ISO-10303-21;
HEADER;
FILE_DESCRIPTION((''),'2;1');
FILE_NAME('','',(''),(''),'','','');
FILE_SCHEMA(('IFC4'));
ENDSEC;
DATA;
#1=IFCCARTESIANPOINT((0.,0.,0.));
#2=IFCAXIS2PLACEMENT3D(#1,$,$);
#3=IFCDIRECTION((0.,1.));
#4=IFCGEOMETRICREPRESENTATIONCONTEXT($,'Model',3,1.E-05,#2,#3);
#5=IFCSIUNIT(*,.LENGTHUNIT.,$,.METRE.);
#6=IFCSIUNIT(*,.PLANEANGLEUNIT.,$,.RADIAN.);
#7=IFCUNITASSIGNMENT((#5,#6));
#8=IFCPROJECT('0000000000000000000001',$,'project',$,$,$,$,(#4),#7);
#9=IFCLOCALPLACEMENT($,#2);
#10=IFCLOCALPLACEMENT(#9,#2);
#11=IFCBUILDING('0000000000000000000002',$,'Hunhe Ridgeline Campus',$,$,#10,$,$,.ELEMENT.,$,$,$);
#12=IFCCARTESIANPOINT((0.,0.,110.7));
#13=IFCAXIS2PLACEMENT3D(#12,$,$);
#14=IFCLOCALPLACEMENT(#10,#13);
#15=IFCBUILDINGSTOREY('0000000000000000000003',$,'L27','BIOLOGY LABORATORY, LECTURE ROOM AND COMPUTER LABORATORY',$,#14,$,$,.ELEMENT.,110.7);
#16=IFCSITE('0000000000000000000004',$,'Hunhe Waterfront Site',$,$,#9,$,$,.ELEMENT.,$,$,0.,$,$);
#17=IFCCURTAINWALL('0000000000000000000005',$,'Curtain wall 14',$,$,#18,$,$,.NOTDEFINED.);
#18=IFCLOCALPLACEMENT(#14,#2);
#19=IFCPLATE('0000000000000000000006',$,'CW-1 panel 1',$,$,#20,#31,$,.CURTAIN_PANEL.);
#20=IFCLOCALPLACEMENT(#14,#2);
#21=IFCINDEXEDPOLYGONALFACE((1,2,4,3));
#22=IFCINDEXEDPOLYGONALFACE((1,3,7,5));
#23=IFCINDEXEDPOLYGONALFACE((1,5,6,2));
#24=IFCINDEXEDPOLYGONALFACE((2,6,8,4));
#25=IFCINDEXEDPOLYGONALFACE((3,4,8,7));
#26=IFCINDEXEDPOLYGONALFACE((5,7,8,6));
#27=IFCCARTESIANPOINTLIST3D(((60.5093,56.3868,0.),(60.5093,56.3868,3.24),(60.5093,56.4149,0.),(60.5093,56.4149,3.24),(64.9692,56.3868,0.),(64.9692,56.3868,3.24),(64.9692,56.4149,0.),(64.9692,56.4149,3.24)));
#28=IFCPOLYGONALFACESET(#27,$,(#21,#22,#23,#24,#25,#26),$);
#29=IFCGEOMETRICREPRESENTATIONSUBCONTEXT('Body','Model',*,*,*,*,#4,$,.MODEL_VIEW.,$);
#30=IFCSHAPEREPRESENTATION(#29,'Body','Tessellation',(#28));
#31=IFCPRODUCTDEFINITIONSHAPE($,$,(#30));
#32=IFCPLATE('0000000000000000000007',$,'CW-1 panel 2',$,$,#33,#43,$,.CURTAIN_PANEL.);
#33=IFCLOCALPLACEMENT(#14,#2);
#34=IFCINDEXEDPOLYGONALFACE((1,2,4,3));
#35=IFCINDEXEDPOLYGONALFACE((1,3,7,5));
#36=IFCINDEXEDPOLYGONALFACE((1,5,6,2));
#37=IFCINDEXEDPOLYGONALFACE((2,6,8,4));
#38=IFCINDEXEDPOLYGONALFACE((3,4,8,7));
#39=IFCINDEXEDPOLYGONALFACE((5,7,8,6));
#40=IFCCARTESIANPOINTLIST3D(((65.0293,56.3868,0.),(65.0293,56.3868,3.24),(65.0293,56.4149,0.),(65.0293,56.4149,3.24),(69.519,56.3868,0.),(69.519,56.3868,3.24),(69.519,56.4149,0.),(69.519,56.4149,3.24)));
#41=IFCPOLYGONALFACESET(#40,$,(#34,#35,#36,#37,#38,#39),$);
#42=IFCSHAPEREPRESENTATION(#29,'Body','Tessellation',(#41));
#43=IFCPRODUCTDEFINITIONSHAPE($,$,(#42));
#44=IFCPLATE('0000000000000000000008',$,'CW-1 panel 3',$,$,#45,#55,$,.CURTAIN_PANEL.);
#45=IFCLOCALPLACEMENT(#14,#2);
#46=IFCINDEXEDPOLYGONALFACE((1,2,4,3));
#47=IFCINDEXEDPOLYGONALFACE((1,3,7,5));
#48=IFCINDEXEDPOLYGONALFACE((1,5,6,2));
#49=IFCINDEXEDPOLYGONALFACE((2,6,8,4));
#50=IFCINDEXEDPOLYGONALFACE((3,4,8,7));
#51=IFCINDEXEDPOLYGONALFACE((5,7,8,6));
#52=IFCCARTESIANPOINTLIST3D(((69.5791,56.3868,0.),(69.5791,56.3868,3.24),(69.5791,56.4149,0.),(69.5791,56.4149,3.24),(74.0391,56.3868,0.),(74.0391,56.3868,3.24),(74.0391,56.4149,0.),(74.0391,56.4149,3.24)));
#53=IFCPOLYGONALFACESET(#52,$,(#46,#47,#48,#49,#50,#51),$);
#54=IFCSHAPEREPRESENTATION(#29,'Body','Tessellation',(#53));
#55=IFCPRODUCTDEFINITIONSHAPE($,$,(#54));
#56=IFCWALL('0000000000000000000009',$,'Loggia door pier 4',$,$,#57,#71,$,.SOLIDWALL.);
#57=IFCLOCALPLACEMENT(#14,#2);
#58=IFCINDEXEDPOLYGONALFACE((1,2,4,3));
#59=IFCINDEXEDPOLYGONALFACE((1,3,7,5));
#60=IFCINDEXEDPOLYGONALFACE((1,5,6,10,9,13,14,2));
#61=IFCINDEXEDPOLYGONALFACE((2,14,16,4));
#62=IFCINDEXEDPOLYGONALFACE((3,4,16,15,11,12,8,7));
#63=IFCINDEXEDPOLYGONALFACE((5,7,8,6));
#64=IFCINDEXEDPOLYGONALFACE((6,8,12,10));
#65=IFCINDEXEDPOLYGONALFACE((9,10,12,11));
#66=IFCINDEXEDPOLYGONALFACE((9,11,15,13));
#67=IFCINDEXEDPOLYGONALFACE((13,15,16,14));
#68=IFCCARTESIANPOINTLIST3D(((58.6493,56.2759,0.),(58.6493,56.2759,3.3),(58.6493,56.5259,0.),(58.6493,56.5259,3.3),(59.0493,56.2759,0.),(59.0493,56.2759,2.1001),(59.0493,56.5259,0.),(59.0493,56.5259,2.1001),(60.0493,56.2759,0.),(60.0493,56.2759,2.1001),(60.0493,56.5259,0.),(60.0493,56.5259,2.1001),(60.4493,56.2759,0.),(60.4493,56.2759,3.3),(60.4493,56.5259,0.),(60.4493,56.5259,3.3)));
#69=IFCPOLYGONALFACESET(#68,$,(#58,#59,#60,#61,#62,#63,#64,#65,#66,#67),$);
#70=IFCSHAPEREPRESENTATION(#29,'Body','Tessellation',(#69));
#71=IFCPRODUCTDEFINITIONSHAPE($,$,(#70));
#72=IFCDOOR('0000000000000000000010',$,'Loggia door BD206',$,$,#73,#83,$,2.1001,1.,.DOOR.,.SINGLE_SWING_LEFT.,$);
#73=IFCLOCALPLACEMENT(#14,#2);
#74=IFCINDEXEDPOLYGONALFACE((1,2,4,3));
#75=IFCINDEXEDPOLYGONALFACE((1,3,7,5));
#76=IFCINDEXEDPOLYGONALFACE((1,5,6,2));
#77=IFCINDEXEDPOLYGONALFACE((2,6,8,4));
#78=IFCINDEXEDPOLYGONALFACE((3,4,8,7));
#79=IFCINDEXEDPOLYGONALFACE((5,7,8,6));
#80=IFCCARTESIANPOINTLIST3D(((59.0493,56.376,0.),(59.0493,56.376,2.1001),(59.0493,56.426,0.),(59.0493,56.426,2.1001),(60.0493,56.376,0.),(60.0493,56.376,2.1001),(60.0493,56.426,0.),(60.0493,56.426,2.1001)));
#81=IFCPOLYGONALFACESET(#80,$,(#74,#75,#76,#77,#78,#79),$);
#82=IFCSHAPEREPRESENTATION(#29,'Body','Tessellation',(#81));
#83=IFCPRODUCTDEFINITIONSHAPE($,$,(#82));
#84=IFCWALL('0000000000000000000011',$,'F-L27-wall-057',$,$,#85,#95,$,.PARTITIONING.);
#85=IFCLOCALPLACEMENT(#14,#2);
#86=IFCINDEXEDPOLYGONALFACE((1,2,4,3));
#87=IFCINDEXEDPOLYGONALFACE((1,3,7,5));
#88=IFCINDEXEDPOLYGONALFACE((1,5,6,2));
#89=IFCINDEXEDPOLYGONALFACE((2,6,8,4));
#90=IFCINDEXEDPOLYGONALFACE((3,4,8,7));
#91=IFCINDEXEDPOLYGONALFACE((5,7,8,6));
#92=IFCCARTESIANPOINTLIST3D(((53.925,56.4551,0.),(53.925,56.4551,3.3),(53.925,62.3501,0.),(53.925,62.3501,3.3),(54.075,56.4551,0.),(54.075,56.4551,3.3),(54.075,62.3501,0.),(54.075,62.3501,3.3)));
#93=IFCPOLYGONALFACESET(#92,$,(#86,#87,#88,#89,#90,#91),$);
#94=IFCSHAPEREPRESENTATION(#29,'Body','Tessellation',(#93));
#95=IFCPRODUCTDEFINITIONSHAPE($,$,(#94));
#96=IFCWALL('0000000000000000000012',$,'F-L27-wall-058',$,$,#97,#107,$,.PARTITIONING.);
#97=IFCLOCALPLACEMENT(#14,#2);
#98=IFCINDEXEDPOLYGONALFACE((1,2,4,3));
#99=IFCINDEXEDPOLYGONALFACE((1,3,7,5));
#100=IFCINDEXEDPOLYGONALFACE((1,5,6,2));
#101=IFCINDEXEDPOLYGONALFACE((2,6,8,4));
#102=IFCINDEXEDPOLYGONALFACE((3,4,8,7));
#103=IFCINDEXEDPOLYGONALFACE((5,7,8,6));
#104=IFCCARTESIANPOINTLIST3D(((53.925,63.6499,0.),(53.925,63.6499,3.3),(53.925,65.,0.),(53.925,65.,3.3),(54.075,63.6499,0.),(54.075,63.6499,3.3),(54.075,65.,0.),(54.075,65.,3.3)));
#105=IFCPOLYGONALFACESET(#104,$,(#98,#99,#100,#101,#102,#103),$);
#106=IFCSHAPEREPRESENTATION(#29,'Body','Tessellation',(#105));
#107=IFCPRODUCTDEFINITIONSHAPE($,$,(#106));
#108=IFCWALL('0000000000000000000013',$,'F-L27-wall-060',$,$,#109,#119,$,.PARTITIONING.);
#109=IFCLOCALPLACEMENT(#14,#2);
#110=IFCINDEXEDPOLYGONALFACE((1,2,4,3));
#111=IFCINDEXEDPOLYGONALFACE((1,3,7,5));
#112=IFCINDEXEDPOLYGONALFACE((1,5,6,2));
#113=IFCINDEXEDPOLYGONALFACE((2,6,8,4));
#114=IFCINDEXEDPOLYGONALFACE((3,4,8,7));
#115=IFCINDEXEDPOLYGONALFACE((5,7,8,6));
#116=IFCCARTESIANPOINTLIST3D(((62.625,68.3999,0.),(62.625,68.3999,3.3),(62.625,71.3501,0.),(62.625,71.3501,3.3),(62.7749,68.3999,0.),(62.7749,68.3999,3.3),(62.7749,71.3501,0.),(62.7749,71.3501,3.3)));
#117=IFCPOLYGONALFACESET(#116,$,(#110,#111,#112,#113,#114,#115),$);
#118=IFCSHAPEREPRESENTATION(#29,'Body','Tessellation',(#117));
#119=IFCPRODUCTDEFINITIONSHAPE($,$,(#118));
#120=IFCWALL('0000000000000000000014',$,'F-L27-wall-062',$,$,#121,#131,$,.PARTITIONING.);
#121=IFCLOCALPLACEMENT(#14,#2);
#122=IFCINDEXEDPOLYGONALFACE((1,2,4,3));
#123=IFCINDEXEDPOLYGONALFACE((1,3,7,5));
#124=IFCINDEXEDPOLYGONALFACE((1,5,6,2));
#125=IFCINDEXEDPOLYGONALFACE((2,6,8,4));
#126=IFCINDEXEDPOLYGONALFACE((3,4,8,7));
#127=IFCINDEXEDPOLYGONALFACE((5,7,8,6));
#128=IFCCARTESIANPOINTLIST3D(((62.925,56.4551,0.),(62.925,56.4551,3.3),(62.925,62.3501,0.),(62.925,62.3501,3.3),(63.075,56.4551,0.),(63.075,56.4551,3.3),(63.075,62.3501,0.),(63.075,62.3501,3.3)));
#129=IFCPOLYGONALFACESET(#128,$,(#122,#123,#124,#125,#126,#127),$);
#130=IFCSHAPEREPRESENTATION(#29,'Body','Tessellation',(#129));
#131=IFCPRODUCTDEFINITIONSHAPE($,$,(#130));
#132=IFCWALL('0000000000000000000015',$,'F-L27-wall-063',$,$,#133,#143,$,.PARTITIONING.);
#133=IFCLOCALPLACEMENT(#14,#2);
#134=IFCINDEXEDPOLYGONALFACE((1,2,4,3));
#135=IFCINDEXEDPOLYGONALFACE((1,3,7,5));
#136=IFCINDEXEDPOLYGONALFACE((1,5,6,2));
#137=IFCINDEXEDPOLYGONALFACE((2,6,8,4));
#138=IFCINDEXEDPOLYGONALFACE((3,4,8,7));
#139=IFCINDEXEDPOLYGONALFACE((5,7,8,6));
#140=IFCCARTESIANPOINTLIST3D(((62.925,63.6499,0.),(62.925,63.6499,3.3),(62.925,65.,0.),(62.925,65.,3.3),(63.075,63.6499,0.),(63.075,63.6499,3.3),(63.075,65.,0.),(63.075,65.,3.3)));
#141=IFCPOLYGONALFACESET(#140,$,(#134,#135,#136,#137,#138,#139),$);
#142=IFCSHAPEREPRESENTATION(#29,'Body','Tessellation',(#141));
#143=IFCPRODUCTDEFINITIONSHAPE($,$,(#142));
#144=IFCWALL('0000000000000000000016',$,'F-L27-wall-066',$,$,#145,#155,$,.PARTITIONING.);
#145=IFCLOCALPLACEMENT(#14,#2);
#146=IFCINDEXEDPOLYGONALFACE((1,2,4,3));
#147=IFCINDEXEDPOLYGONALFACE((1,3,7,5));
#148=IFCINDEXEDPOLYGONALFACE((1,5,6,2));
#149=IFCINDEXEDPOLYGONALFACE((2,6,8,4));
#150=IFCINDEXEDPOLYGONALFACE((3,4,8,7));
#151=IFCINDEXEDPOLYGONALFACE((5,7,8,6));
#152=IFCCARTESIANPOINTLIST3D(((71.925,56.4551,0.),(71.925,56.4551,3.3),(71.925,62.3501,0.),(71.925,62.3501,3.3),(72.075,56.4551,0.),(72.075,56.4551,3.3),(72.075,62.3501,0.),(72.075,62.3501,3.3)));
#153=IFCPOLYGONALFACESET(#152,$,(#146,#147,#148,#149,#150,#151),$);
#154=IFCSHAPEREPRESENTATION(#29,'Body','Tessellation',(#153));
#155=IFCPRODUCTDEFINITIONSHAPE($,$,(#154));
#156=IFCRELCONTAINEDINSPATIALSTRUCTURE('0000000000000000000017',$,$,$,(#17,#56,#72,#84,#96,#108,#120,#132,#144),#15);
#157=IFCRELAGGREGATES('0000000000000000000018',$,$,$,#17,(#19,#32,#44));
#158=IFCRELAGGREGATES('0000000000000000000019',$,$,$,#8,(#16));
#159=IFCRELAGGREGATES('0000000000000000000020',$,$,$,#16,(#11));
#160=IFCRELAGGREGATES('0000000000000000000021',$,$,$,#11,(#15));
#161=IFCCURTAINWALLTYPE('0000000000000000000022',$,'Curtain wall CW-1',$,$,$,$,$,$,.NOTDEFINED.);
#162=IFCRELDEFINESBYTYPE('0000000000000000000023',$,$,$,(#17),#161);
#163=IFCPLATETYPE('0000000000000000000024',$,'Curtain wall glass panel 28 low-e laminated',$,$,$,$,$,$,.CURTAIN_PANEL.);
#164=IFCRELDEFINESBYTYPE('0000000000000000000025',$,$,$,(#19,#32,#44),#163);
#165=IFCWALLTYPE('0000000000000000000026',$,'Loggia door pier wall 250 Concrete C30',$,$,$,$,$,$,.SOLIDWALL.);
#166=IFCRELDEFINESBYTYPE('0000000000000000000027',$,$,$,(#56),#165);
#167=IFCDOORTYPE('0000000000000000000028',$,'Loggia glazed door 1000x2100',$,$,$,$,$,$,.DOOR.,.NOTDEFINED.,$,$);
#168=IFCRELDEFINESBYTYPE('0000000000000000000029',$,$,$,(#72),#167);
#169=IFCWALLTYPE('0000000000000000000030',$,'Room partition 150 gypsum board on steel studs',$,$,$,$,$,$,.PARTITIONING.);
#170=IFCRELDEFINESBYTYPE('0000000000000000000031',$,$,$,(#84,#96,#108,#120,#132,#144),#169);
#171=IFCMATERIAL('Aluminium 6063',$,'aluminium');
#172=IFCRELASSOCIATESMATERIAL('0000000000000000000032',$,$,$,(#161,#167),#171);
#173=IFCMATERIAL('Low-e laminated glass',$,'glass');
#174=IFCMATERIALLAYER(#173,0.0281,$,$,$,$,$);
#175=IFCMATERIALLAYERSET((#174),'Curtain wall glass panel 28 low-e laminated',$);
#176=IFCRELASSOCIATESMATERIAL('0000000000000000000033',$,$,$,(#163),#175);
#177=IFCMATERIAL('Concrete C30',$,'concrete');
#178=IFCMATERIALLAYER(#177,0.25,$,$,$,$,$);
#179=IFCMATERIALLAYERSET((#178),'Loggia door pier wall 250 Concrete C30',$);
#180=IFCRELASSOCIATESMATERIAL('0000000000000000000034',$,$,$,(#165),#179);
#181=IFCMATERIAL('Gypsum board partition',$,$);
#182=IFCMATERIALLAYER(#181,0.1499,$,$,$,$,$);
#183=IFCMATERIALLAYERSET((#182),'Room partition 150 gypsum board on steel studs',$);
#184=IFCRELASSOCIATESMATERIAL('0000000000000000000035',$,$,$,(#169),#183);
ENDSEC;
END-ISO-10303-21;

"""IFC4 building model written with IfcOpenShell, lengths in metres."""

from ifc_helpers import new_model, si_unit, direction, frame, frame_2d, origin, origin_2d, place, context, subcontext, project, spatial, rectangle, extrude, material, layer, layer_set, type_object, element, fill, aggregate, save


model = new_model("IFC4")

# Units and contexts
model_context = context("Model", 3, precision=1e-05, world=origin(), true_north=direction((0.0, 1.0)))
body_context = subcontext(model_context, "Body", "Model", "MODEL_VIEW")
ifc_project = project(units=[si_unit("LENGTHUNIT", "METRE"), si_unit("PLANEANGLEUNIT", "RADIAN")], contexts=[model_context])

# Site, building, storey
site_placement = place(None, origin())
site = spatial("IfcSite", under=ifc_project, at=site_placement, Name="Hunhe Waterfront Site", CompositionType="ELEMENT", RefElevation=0.0)
building_placement = place(site_placement, origin())
building = spatial("IfcBuilding", under=site, at=building_placement, Name="Hunhe Ridgeline Campus", CompositionType="ELEMENT")
storey_placement = place(building_placement, frame((0.0, 0.0, 110.7)))
storey = spatial("IfcBuildingStorey", under=building, at=storey_placement, Name="L27", Description="BIOLOGY LABORATORY, LECTURE ROOM AND COMPUTER LABORATORY", CompositionType="ELEMENT", Elevation=110.7)

# Curtain wall
ifc_material_1 = material(Name="Aluminium 6063", Category="aluminium")
curtain_wall_type = type_object("IfcCurtainWallType", Name="Curtain wall CW-1", PredefinedType="NOTDEFINED", material=ifc_material_1)
curtain_wall_1_placement = place(storey_placement, origin())
curtain_wall_1 = element("IfcCurtainWall", 1, at=curtain_wall_1_placement, inside=storey, type_object=curtain_wall_type, Name="Curtain wall 14", PredefinedType="NOTDEFINED")

# Plates
ifc_material_2 = material(Name="Low-e laminated glass", Category="glass")
ifc_layer_1 = layer(ifc_material_2, 0.0281)
ifc_layer_set_1 = layer_set([ifc_layer_1], Name="Curtain wall glass panel 28 low-e laminated")
plate_type = type_object("IfcPlateType", Name="Curtain wall glass panel 28 low-e laminated", PredefinedType="CURTAIN_PANEL", material=ifc_layer_set_1)
plate_1_placement = place(storey_placement, frame((62.7393, 56.4009, 0.0), z_axis=(0.0, 0.0, 1.0), x_axis=(1.0, 0.0, 0.0)))
plate_1 = element("IfcPlate", 2, at=plate_1_placement, type_object=plate_type, Name="CW-1 panel 1", PredefinedType="CURTAIN_PANEL", context=body_context, shape_type="SweptSolid", body=[
    extrude(rectangle(XDim=4.46, YDim=0.0281, at=origin_2d()), origin(), (0.0, 0.0, 1.0), 3.24),
])
plate_2_placement = place(storey_placement, frame((67.2742, 56.4009, 0.0), z_axis=(0.0, 0.0, 1.0), x_axis=(1.0, 0.0, 0.0)))
plate_2 = element("IfcPlate", 3, at=plate_2_placement, type_object=plate_type, Name="CW-1 panel 2", PredefinedType="CURTAIN_PANEL", context=body_context, shape_type="SweptSolid", body=[
    extrude(rectangle(XDim=4.4897, YDim=0.0281, at=origin_2d()), origin(), (0.0, 0.0, 1.0), 3.24),
])
plate_3_placement = place(storey_placement, frame((71.8091, 56.4009, 0.0), z_axis=(0.0, 0.0, 1.0), x_axis=(1.0, 0.0, 0.0)))
plate_3 = element("IfcPlate", 4, at=plate_3_placement, type_object=plate_type, Name="CW-1 panel 3", PredefinedType="CURTAIN_PANEL", context=body_context, shape_type="SweptSolid", body=[
    extrude(rectangle(XDim=4.46, YDim=0.0281, at=origin_2d()), origin(), (0.0, 0.0, 1.0), 3.24),
])
aggregate(curtain_wall_1, [plate_1, plate_2, plate_3])

# Wall, opening, door
ifc_material_3 = material(Name="Concrete C30", Category="concrete")
ifc_layer_2 = layer(ifc_material_3, 0.25)
ifc_layer_set_2 = layer_set([ifc_layer_2], Name="Loggia door pier wall 250 Concrete C30")
wall_type_1 = type_object("IfcWallType", Name="Loggia door pier wall 250 Concrete C30", PredefinedType="SOLIDWALL", material=ifc_layer_set_2)
wall_1_placement = place(storey_placement, frame((58.6494, 56.4009, 0.0), z_axis=(0.0, 0.0, 1.0), x_axis=(1.0, 0.0, 0.0)))
wall_1 = element("IfcWall", 5, at=wall_1_placement, inside=storey, type_object=wall_type_1, Name="Loggia door pier 4", PredefinedType="SOLIDWALL", context=body_context, shape_type="SweptSolid", body=[
    extrude(rectangle(XDim=1.8, YDim=0.25, at=frame_2d((0.8999, 0.0))), origin(), (0.0, 0.0, 1.0), 3.3),
])
opening_placement = place(wall_1_placement, frame((0.3999, 0.0, 0.0)))
opening = element("IfcOpeningElement", 6, at=opening_placement, cuts=wall_1, PredefinedType="OPENING", context=body_context, shape_type="SweptSolid", body=[
    extrude(rectangle(XDim=1.0, YDim=2.1001, at=frame_2d((0.5, 1.05))), frame((0.0, 0.125, 0.0), z_axis=(0.0, -1.0, 0.0), x_axis=(1.0, 0.0, 0.0)), (0.0, 0.0, 1.0), 0.25),
])
door_type = type_object("IfcDoorType", Name="Loggia glazed door 1000x2100", OperationType="NOTDEFINED", PredefinedType="DOOR", material=ifc_material_1)
door_placement = place(opening_placement, frame((1.0, 0.0, 0.0), z_axis=(0.0, 0.0, 1.0), x_axis=(-1.0, 0.0, 0.0)))
door = element("IfcDoor", 7, at=door_placement, inside=storey, type_object=door_type, Name="Loggia door BD206", OperationType="SINGLE_SWING_LEFT", OverallHeight=2.1001, OverallWidth=1.0, PredefinedType="DOOR", context=body_context, shape_type="SweptSolid", body=[
    extrude(rectangle(XDim=1.0, YDim=2.1001, at=frame_2d((0.5, 1.05))), frame((0.0, 0.0249, 0.0), z_axis=(0.0, -1.0, 0.0), x_axis=(1.0, 0.0, 0.0)), (0.0, 0.0, 1.0), 0.05),
])
fill(opening, door)

# Walls
ifc_material_4 = material(Name="Gypsum board partition")
ifc_layer_3 = layer(ifc_material_4, 0.1499)
ifc_layer_set_3 = layer_set([ifc_layer_3], Name="Room partition 150 gypsum board on steel studs")
wall_type_2 = type_object("IfcWallType", Name="Room partition 150 gypsum board on steel studs", PredefinedType="PARTITIONING", material=ifc_layer_set_3)
wall_2_placement = place(storey_placement, frame((54.0, 62.3501, 0.0), z_axis=(0.0, 0.0, 1.0), x_axis=(0.0, -1.0, 0.0)))
element("IfcWall", 8, at=wall_2_placement, inside=storey, type_object=wall_type_2, Name="F-L27-wall-057", PredefinedType="PARTITIONING", context=body_context, shape_type="SweptSolid", body=[
    extrude(rectangle(XDim=5.895, YDim=0.1499, at=frame_2d((2.9475, 0.0))), origin(), (0.0, 0.0, 1.0), 3.3),
])
wall_3_placement = place(storey_placement, frame((54.0, 65.0, 0.0), z_axis=(0.0, 0.0, 1.0), x_axis=(0.0, -1.0, 0.0)))
element("IfcWall", 9, at=wall_3_placement, inside=storey, type_object=wall_type_2, Name="F-L27-wall-058", PredefinedType="PARTITIONING", context=body_context, shape_type="SweptSolid", body=[
    extrude(rectangle(XDim=1.3501, YDim=0.1499, at=frame_2d((0.675, 0.0))), origin(), (0.0, 0.0, 1.0), 3.3),
])
wall_4_placement = place(storey_placement, frame((62.7, 71.3501, 0.0), z_axis=(0.0, 0.0, 1.0), x_axis=(0.0, -1.0, 0.0)))
element("IfcWall", 10, at=wall_4_placement, inside=storey, type_object=wall_type_2, Name="F-L27-wall-060", PredefinedType="PARTITIONING", context=body_context, shape_type="SweptSolid", body=[
    extrude(rectangle(XDim=2.9502, YDim=0.1499, at=frame_2d((1.4751, 0.0))), origin(), (0.0, 0.0, 1.0), 3.3),
])
wall_5_placement = place(storey_placement, frame((63.0, 62.3501, 0.0), z_axis=(0.0, 0.0, 1.0), x_axis=(0.0, -1.0, 0.0)))
element("IfcWall", 11, at=wall_5_placement, inside=storey, type_object=wall_type_2, Name="F-L27-wall-062", PredefinedType="PARTITIONING", context=body_context, shape_type="SweptSolid", body=[
    extrude(rectangle(XDim=5.895, YDim=0.1499, at=frame_2d((2.9475, 0.0))), origin(), (0.0, 0.0, 1.0), 3.3),
])
wall_6_placement = place(storey_placement, frame((63.0, 65.0, 0.0), z_axis=(0.0, 0.0, 1.0), x_axis=(0.0, -1.0, 0.0)))
element("IfcWall", 12, at=wall_6_placement, inside=storey, type_object=wall_type_2, Name="F-L27-wall-063", PredefinedType="PARTITIONING", context=body_context, shape_type="SweptSolid", body=[
    extrude(rectangle(XDim=1.3501, YDim=0.1499, at=frame_2d((0.675, 0.0))), origin(), (0.0, 0.0, 1.0), 3.3),
])
wall_7_placement = place(storey_placement, frame((72.0, 62.3501, 0.0), z_axis=(0.0, 0.0, 1.0), x_axis=(0.0, -1.0, 0.0)))
element("IfcWall", 13, at=wall_7_placement, inside=storey, type_object=wall_type_2, Name="F-L27-wall-066", PredefinedType="PARTITIONING", context=body_context, shape_type="SweptSolid", body=[
    extrude(rectangle(XDim=5.895, YDim=0.1499, at=frame_2d((2.9475, 0.0))), origin(), (0.0, 0.0, 1.0), 3.3),
])

save(model, "model.ifc")
